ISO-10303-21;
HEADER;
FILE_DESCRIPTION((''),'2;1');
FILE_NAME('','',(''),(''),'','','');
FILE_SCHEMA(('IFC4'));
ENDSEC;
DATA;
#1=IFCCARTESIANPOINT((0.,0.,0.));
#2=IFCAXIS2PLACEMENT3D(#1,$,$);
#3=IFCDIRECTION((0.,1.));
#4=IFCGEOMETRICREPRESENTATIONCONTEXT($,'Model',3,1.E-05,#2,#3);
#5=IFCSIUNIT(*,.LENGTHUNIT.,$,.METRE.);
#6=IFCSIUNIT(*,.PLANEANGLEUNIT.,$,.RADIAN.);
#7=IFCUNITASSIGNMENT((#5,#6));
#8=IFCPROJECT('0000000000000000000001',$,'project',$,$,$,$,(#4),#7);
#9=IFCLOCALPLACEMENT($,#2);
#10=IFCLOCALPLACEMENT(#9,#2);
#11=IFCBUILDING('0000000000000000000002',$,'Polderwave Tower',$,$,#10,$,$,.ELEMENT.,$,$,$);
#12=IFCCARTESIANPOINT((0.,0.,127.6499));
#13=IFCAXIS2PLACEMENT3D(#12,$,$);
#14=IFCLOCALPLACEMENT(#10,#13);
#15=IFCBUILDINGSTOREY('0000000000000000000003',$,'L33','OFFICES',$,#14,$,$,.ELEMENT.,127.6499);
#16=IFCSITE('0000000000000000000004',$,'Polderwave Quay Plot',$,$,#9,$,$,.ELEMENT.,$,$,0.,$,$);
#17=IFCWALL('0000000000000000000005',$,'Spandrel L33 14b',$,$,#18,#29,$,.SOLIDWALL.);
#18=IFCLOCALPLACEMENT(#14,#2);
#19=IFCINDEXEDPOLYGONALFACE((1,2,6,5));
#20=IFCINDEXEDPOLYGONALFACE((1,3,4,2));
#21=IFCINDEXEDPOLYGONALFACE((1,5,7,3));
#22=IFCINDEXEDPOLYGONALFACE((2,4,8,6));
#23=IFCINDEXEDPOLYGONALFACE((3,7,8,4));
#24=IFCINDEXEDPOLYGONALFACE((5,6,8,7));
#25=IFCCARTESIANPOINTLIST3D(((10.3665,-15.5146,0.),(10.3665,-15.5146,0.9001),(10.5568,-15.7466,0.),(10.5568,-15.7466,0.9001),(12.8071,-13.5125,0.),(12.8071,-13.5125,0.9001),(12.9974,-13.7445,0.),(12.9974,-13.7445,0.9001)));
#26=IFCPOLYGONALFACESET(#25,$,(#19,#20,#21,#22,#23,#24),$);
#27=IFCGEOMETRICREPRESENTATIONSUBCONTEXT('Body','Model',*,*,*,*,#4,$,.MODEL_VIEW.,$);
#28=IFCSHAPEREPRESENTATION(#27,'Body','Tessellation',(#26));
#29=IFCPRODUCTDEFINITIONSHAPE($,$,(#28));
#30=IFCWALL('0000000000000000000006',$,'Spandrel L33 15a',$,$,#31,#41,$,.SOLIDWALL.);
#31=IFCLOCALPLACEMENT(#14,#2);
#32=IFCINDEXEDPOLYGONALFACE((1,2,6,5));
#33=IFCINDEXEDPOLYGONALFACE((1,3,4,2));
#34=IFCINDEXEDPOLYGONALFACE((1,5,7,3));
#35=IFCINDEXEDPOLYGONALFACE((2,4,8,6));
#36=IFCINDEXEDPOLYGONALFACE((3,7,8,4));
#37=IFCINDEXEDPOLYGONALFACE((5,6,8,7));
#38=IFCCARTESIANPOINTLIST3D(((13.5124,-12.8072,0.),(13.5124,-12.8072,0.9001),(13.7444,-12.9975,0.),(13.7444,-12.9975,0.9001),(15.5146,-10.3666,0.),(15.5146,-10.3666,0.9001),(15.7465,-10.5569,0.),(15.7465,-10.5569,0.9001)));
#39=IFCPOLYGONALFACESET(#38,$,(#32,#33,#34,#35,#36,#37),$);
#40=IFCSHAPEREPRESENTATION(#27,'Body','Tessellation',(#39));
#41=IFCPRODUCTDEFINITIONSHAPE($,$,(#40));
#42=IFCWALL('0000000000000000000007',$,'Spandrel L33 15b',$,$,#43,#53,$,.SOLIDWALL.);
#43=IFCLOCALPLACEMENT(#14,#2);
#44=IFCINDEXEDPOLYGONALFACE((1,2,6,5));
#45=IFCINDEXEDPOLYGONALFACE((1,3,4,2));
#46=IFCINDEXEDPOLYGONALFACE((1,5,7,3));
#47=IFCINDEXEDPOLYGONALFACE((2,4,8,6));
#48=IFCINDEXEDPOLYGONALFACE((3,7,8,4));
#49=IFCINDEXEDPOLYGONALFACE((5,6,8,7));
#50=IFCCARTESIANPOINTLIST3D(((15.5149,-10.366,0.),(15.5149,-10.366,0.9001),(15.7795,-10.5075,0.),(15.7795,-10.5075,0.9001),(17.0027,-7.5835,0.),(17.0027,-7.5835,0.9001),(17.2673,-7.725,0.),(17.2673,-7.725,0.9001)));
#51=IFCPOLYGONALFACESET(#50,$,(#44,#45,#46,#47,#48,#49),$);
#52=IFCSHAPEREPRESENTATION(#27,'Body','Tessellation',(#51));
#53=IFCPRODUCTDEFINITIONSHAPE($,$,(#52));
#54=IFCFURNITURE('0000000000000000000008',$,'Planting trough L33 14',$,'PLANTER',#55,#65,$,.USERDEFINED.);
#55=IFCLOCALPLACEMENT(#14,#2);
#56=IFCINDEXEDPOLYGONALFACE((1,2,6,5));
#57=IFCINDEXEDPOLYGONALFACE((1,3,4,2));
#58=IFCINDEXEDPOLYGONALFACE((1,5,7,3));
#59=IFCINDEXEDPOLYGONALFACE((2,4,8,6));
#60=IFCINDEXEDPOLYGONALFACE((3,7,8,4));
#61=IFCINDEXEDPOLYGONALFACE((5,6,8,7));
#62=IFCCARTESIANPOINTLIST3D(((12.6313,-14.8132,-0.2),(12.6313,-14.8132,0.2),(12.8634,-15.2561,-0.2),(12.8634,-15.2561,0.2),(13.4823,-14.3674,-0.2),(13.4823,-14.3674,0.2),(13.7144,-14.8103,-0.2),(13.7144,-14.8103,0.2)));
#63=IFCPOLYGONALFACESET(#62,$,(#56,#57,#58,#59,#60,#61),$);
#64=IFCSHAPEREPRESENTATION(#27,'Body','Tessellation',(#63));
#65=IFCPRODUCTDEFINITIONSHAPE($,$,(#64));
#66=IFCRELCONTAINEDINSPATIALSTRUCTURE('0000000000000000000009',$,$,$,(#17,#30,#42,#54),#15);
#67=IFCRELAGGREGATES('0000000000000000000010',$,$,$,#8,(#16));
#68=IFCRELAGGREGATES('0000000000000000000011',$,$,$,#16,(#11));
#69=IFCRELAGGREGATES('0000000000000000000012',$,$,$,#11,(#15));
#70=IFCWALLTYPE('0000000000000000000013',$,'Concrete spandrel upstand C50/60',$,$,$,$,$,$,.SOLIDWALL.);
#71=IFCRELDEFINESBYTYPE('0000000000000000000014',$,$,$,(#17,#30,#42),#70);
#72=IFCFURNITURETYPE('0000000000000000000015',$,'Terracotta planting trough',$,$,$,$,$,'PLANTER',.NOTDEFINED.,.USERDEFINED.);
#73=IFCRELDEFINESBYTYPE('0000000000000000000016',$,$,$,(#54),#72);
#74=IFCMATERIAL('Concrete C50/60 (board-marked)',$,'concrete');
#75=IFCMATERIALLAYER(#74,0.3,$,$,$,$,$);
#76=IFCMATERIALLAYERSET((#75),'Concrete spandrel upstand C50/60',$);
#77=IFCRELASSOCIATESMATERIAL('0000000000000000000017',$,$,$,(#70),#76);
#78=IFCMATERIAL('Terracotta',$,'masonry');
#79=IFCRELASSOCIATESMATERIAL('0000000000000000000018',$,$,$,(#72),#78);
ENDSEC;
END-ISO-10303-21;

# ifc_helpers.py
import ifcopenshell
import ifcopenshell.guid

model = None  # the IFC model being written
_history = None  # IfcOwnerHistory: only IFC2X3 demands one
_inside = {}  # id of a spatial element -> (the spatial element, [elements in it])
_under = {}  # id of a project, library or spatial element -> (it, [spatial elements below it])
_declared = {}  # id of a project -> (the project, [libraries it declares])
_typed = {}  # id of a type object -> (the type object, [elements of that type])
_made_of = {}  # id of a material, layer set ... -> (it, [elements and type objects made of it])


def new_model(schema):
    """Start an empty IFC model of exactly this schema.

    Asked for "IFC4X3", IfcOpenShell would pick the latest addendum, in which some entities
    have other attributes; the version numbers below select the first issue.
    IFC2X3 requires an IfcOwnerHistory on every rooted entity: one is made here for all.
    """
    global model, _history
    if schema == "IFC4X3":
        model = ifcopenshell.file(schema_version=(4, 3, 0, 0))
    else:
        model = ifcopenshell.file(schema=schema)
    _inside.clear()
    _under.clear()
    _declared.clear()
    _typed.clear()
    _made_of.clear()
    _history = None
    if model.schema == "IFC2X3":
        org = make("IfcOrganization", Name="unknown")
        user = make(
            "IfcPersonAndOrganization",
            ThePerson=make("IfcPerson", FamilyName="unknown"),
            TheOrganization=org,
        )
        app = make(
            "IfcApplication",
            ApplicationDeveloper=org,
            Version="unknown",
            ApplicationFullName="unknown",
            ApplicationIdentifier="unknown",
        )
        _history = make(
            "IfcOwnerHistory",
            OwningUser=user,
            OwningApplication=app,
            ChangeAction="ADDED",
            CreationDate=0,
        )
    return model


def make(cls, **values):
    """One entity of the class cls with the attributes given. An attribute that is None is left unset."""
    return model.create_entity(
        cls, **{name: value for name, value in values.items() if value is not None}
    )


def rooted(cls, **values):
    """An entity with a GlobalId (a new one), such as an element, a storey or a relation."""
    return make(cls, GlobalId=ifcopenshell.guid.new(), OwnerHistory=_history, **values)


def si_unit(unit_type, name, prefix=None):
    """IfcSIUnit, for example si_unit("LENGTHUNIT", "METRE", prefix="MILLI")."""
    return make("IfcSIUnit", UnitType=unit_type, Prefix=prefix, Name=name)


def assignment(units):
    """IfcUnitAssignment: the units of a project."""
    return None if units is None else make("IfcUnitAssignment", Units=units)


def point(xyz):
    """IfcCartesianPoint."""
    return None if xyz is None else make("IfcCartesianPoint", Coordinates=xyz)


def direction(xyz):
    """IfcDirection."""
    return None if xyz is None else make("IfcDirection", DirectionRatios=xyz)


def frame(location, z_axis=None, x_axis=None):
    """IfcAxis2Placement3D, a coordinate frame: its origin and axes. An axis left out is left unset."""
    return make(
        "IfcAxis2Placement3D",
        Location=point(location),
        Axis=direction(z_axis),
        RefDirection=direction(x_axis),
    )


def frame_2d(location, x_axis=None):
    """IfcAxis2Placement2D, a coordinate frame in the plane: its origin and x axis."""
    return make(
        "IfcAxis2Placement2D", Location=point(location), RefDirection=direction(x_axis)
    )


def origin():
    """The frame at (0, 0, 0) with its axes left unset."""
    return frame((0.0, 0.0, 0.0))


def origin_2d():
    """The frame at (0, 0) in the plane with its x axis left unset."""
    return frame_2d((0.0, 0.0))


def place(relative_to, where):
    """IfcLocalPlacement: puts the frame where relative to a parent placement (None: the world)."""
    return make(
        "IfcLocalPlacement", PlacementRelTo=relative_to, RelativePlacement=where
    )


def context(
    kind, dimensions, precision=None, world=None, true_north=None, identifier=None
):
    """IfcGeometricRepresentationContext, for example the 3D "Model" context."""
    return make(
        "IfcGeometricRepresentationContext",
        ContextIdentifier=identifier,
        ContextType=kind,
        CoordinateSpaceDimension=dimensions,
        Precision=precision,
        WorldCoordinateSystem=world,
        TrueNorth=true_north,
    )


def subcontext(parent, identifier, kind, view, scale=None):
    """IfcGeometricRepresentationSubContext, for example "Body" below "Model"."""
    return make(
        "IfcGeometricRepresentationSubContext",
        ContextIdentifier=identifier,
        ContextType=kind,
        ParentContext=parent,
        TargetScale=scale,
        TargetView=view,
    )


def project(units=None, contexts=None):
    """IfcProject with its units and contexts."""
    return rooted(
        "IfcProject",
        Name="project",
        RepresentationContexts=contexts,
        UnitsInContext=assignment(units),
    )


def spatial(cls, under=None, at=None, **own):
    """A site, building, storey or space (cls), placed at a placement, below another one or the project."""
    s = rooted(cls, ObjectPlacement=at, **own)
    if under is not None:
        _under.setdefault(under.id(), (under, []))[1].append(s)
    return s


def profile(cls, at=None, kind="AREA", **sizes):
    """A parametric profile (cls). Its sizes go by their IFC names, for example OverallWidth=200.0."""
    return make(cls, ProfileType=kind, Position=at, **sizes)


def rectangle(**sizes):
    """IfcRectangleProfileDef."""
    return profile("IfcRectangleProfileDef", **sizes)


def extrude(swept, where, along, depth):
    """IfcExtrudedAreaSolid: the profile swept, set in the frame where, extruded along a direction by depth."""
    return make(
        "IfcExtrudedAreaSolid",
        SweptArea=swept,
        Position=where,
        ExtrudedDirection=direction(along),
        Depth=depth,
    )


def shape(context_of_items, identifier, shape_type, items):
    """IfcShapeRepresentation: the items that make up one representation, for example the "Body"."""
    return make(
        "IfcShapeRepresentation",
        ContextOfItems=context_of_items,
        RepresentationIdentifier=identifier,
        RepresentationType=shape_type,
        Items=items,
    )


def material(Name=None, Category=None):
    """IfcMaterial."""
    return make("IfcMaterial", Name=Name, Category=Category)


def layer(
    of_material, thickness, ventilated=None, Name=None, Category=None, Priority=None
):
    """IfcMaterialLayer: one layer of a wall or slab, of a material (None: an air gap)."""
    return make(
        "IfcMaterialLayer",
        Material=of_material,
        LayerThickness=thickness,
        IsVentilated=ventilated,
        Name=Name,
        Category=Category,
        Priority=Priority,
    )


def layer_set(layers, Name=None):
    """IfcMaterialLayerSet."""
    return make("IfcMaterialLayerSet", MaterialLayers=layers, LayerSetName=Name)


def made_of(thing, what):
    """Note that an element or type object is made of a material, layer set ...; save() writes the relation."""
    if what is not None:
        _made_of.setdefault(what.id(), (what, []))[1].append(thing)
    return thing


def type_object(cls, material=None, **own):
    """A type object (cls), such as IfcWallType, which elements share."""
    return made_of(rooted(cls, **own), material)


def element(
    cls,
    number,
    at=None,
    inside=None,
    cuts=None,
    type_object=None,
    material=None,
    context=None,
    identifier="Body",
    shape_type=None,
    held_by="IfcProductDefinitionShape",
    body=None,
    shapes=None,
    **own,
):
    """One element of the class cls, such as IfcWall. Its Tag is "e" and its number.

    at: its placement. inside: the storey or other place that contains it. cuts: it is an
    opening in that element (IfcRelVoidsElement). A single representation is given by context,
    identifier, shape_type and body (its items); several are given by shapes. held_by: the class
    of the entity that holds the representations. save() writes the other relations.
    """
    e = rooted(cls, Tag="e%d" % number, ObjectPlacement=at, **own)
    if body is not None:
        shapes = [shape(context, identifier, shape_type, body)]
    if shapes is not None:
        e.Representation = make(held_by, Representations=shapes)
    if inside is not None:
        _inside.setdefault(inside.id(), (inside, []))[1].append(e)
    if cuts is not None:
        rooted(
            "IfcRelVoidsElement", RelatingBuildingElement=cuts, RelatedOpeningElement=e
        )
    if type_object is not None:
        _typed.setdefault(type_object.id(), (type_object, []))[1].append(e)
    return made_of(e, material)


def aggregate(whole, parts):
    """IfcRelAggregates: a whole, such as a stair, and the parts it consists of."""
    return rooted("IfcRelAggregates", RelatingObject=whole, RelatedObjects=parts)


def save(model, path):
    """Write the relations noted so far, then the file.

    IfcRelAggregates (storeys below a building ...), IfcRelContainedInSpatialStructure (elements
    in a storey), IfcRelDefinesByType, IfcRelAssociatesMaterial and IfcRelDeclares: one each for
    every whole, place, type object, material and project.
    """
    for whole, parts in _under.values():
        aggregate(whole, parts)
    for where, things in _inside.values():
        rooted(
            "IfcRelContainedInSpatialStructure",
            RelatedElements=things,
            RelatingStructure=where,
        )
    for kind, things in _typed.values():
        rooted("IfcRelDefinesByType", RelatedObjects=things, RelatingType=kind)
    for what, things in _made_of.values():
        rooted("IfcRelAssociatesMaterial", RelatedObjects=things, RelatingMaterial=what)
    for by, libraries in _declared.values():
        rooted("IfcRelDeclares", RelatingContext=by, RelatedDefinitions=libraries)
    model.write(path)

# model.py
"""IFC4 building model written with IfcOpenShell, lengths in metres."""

from ifc_helpers import new_model, si_unit, direction, frame, frame_2d, origin, origin_2d, place, context, subcontext, project, spatial, rectangle, extrude, material, layer, layer_set, type_object, element, save


model = new_model("IFC4")

# Units and contexts
model_context = context("Model", 3, precision=1e-05, world=origin(), true_north=direction((0.0, 1.0)))
body_context = subcontext(model_context, "Body", "Model", "MODEL_VIEW")
ifc_project = project(units=[si_unit("LENGTHUNIT", "METRE"), si_unit("PLANEANGLEUNIT", "RADIAN")], contexts=[model_context])

# Site, building, storey
site_placement = place(None, origin())
site = spatial("IfcSite", under=ifc_project, at=site_placement, Name="Polderwave Quay Plot", CompositionType="ELEMENT", RefElevation=0.0)
building_placement = place(site_placement, origin())
building = spatial("IfcBuilding", under=site, at=building_placement, Name="Polderwave Tower", CompositionType="ELEMENT")
storey_placement = place(building_placement, frame((0.0, 0.0, 127.6499)))
storey = spatial("IfcBuildingStorey", under=building, at=storey_placement, Name="L33", Description="OFFICES", CompositionType="ELEMENT", Elevation=127.6499)

# Walls
ifc_material_1 = material(Name="Concrete C50/60 (board-marked)", Category="concrete")
ifc_layer_1 = layer(ifc_material_1, 0.3)
ifc_layer_set_1 = layer_set([ifc_layer_1], Name="Concrete spandrel upstand C50/60")
wall_type = type_object("IfcWallType", Name="Concrete spandrel upstand C50/60", PredefinedType="SOLIDWALL", material=ifc_layer_set_1)
for number, where, z_axis, x_axis, name in (
    (1, (10.4617, -15.6306, 0.0), (0.0, 0.0, 1.0), (0.773137, 0.63424, 0.0), "Spandrel L33 14b"),
    (2, (13.6284, -12.9023, 0.0), (0.0, 0.0, 1.0), (0.63424, 0.773137, 0.0), "Spandrel L33 15a"),
):
    element("IfcWall", number, at=place(storey_placement, frame(where, z_axis=z_axis, x_axis=x_axis)), inside=storey, type_object=wall_type, Name=name, PredefinedType="SOLIDWALL", context=body_context, shape_type="SweptSolid", body=[
        extrude(rectangle(XDim=3.1567, YDim=0.3, at=frame_2d((1.5784, 0.0))), origin(), (0.0, 0.0, 1.0), 0.9001),
    ])
wall_1_placement = place(storey_placement, frame((15.6472, -10.4368, 0.0), z_axis=(0.0, 0.0, 1.0), x_axis=(0.471528, 0.881851, 0.0)))
element("IfcWall", 3, at=wall_1_placement, inside=storey, type_object=wall_type, Name="Spandrel L33 15b", PredefinedType="SOLIDWALL", context=body_context, shape_type="SweptSolid", body=[
    extrude(rectangle(XDim=3.1553, YDim=0.3, at=frame_2d((1.5776, 0.0))), origin(), (0.0, 0.0, 1.0), 0.9001),
])

# Furniture
ifc_material_2 = material(Name="Terracotta", Category="masonry")
furniture_type = type_object("IfcFurnitureType", Name="Terracotta planting trough", ElementType="PLANTER", AssemblyPlace="NOTDEFINED", PredefinedType="USERDEFINED", material=ifc_material_2)
furniture_placement = place(storey_placement, frame((13.1729, -14.8118, -0.2), z_axis=(0.0, 0.0, 1.0), x_axis=(0.885817, 0.464035, 0.0)))
element("IfcFurniture", 4, at=furniture_placement, inside=storey, type_object=furniture_type, Name="Planting trough L33 14", ObjectType="PLANTER", PredefinedType="USERDEFINED", context=body_context, shape_type="SweptSolid", body=[
    extrude(rectangle(XDim=0.9607, YDim=0.5, at=origin_2d()), origin(), (0.0, 0.0, 1.0), 0.3999),
])

save(model, "model.ifc")
